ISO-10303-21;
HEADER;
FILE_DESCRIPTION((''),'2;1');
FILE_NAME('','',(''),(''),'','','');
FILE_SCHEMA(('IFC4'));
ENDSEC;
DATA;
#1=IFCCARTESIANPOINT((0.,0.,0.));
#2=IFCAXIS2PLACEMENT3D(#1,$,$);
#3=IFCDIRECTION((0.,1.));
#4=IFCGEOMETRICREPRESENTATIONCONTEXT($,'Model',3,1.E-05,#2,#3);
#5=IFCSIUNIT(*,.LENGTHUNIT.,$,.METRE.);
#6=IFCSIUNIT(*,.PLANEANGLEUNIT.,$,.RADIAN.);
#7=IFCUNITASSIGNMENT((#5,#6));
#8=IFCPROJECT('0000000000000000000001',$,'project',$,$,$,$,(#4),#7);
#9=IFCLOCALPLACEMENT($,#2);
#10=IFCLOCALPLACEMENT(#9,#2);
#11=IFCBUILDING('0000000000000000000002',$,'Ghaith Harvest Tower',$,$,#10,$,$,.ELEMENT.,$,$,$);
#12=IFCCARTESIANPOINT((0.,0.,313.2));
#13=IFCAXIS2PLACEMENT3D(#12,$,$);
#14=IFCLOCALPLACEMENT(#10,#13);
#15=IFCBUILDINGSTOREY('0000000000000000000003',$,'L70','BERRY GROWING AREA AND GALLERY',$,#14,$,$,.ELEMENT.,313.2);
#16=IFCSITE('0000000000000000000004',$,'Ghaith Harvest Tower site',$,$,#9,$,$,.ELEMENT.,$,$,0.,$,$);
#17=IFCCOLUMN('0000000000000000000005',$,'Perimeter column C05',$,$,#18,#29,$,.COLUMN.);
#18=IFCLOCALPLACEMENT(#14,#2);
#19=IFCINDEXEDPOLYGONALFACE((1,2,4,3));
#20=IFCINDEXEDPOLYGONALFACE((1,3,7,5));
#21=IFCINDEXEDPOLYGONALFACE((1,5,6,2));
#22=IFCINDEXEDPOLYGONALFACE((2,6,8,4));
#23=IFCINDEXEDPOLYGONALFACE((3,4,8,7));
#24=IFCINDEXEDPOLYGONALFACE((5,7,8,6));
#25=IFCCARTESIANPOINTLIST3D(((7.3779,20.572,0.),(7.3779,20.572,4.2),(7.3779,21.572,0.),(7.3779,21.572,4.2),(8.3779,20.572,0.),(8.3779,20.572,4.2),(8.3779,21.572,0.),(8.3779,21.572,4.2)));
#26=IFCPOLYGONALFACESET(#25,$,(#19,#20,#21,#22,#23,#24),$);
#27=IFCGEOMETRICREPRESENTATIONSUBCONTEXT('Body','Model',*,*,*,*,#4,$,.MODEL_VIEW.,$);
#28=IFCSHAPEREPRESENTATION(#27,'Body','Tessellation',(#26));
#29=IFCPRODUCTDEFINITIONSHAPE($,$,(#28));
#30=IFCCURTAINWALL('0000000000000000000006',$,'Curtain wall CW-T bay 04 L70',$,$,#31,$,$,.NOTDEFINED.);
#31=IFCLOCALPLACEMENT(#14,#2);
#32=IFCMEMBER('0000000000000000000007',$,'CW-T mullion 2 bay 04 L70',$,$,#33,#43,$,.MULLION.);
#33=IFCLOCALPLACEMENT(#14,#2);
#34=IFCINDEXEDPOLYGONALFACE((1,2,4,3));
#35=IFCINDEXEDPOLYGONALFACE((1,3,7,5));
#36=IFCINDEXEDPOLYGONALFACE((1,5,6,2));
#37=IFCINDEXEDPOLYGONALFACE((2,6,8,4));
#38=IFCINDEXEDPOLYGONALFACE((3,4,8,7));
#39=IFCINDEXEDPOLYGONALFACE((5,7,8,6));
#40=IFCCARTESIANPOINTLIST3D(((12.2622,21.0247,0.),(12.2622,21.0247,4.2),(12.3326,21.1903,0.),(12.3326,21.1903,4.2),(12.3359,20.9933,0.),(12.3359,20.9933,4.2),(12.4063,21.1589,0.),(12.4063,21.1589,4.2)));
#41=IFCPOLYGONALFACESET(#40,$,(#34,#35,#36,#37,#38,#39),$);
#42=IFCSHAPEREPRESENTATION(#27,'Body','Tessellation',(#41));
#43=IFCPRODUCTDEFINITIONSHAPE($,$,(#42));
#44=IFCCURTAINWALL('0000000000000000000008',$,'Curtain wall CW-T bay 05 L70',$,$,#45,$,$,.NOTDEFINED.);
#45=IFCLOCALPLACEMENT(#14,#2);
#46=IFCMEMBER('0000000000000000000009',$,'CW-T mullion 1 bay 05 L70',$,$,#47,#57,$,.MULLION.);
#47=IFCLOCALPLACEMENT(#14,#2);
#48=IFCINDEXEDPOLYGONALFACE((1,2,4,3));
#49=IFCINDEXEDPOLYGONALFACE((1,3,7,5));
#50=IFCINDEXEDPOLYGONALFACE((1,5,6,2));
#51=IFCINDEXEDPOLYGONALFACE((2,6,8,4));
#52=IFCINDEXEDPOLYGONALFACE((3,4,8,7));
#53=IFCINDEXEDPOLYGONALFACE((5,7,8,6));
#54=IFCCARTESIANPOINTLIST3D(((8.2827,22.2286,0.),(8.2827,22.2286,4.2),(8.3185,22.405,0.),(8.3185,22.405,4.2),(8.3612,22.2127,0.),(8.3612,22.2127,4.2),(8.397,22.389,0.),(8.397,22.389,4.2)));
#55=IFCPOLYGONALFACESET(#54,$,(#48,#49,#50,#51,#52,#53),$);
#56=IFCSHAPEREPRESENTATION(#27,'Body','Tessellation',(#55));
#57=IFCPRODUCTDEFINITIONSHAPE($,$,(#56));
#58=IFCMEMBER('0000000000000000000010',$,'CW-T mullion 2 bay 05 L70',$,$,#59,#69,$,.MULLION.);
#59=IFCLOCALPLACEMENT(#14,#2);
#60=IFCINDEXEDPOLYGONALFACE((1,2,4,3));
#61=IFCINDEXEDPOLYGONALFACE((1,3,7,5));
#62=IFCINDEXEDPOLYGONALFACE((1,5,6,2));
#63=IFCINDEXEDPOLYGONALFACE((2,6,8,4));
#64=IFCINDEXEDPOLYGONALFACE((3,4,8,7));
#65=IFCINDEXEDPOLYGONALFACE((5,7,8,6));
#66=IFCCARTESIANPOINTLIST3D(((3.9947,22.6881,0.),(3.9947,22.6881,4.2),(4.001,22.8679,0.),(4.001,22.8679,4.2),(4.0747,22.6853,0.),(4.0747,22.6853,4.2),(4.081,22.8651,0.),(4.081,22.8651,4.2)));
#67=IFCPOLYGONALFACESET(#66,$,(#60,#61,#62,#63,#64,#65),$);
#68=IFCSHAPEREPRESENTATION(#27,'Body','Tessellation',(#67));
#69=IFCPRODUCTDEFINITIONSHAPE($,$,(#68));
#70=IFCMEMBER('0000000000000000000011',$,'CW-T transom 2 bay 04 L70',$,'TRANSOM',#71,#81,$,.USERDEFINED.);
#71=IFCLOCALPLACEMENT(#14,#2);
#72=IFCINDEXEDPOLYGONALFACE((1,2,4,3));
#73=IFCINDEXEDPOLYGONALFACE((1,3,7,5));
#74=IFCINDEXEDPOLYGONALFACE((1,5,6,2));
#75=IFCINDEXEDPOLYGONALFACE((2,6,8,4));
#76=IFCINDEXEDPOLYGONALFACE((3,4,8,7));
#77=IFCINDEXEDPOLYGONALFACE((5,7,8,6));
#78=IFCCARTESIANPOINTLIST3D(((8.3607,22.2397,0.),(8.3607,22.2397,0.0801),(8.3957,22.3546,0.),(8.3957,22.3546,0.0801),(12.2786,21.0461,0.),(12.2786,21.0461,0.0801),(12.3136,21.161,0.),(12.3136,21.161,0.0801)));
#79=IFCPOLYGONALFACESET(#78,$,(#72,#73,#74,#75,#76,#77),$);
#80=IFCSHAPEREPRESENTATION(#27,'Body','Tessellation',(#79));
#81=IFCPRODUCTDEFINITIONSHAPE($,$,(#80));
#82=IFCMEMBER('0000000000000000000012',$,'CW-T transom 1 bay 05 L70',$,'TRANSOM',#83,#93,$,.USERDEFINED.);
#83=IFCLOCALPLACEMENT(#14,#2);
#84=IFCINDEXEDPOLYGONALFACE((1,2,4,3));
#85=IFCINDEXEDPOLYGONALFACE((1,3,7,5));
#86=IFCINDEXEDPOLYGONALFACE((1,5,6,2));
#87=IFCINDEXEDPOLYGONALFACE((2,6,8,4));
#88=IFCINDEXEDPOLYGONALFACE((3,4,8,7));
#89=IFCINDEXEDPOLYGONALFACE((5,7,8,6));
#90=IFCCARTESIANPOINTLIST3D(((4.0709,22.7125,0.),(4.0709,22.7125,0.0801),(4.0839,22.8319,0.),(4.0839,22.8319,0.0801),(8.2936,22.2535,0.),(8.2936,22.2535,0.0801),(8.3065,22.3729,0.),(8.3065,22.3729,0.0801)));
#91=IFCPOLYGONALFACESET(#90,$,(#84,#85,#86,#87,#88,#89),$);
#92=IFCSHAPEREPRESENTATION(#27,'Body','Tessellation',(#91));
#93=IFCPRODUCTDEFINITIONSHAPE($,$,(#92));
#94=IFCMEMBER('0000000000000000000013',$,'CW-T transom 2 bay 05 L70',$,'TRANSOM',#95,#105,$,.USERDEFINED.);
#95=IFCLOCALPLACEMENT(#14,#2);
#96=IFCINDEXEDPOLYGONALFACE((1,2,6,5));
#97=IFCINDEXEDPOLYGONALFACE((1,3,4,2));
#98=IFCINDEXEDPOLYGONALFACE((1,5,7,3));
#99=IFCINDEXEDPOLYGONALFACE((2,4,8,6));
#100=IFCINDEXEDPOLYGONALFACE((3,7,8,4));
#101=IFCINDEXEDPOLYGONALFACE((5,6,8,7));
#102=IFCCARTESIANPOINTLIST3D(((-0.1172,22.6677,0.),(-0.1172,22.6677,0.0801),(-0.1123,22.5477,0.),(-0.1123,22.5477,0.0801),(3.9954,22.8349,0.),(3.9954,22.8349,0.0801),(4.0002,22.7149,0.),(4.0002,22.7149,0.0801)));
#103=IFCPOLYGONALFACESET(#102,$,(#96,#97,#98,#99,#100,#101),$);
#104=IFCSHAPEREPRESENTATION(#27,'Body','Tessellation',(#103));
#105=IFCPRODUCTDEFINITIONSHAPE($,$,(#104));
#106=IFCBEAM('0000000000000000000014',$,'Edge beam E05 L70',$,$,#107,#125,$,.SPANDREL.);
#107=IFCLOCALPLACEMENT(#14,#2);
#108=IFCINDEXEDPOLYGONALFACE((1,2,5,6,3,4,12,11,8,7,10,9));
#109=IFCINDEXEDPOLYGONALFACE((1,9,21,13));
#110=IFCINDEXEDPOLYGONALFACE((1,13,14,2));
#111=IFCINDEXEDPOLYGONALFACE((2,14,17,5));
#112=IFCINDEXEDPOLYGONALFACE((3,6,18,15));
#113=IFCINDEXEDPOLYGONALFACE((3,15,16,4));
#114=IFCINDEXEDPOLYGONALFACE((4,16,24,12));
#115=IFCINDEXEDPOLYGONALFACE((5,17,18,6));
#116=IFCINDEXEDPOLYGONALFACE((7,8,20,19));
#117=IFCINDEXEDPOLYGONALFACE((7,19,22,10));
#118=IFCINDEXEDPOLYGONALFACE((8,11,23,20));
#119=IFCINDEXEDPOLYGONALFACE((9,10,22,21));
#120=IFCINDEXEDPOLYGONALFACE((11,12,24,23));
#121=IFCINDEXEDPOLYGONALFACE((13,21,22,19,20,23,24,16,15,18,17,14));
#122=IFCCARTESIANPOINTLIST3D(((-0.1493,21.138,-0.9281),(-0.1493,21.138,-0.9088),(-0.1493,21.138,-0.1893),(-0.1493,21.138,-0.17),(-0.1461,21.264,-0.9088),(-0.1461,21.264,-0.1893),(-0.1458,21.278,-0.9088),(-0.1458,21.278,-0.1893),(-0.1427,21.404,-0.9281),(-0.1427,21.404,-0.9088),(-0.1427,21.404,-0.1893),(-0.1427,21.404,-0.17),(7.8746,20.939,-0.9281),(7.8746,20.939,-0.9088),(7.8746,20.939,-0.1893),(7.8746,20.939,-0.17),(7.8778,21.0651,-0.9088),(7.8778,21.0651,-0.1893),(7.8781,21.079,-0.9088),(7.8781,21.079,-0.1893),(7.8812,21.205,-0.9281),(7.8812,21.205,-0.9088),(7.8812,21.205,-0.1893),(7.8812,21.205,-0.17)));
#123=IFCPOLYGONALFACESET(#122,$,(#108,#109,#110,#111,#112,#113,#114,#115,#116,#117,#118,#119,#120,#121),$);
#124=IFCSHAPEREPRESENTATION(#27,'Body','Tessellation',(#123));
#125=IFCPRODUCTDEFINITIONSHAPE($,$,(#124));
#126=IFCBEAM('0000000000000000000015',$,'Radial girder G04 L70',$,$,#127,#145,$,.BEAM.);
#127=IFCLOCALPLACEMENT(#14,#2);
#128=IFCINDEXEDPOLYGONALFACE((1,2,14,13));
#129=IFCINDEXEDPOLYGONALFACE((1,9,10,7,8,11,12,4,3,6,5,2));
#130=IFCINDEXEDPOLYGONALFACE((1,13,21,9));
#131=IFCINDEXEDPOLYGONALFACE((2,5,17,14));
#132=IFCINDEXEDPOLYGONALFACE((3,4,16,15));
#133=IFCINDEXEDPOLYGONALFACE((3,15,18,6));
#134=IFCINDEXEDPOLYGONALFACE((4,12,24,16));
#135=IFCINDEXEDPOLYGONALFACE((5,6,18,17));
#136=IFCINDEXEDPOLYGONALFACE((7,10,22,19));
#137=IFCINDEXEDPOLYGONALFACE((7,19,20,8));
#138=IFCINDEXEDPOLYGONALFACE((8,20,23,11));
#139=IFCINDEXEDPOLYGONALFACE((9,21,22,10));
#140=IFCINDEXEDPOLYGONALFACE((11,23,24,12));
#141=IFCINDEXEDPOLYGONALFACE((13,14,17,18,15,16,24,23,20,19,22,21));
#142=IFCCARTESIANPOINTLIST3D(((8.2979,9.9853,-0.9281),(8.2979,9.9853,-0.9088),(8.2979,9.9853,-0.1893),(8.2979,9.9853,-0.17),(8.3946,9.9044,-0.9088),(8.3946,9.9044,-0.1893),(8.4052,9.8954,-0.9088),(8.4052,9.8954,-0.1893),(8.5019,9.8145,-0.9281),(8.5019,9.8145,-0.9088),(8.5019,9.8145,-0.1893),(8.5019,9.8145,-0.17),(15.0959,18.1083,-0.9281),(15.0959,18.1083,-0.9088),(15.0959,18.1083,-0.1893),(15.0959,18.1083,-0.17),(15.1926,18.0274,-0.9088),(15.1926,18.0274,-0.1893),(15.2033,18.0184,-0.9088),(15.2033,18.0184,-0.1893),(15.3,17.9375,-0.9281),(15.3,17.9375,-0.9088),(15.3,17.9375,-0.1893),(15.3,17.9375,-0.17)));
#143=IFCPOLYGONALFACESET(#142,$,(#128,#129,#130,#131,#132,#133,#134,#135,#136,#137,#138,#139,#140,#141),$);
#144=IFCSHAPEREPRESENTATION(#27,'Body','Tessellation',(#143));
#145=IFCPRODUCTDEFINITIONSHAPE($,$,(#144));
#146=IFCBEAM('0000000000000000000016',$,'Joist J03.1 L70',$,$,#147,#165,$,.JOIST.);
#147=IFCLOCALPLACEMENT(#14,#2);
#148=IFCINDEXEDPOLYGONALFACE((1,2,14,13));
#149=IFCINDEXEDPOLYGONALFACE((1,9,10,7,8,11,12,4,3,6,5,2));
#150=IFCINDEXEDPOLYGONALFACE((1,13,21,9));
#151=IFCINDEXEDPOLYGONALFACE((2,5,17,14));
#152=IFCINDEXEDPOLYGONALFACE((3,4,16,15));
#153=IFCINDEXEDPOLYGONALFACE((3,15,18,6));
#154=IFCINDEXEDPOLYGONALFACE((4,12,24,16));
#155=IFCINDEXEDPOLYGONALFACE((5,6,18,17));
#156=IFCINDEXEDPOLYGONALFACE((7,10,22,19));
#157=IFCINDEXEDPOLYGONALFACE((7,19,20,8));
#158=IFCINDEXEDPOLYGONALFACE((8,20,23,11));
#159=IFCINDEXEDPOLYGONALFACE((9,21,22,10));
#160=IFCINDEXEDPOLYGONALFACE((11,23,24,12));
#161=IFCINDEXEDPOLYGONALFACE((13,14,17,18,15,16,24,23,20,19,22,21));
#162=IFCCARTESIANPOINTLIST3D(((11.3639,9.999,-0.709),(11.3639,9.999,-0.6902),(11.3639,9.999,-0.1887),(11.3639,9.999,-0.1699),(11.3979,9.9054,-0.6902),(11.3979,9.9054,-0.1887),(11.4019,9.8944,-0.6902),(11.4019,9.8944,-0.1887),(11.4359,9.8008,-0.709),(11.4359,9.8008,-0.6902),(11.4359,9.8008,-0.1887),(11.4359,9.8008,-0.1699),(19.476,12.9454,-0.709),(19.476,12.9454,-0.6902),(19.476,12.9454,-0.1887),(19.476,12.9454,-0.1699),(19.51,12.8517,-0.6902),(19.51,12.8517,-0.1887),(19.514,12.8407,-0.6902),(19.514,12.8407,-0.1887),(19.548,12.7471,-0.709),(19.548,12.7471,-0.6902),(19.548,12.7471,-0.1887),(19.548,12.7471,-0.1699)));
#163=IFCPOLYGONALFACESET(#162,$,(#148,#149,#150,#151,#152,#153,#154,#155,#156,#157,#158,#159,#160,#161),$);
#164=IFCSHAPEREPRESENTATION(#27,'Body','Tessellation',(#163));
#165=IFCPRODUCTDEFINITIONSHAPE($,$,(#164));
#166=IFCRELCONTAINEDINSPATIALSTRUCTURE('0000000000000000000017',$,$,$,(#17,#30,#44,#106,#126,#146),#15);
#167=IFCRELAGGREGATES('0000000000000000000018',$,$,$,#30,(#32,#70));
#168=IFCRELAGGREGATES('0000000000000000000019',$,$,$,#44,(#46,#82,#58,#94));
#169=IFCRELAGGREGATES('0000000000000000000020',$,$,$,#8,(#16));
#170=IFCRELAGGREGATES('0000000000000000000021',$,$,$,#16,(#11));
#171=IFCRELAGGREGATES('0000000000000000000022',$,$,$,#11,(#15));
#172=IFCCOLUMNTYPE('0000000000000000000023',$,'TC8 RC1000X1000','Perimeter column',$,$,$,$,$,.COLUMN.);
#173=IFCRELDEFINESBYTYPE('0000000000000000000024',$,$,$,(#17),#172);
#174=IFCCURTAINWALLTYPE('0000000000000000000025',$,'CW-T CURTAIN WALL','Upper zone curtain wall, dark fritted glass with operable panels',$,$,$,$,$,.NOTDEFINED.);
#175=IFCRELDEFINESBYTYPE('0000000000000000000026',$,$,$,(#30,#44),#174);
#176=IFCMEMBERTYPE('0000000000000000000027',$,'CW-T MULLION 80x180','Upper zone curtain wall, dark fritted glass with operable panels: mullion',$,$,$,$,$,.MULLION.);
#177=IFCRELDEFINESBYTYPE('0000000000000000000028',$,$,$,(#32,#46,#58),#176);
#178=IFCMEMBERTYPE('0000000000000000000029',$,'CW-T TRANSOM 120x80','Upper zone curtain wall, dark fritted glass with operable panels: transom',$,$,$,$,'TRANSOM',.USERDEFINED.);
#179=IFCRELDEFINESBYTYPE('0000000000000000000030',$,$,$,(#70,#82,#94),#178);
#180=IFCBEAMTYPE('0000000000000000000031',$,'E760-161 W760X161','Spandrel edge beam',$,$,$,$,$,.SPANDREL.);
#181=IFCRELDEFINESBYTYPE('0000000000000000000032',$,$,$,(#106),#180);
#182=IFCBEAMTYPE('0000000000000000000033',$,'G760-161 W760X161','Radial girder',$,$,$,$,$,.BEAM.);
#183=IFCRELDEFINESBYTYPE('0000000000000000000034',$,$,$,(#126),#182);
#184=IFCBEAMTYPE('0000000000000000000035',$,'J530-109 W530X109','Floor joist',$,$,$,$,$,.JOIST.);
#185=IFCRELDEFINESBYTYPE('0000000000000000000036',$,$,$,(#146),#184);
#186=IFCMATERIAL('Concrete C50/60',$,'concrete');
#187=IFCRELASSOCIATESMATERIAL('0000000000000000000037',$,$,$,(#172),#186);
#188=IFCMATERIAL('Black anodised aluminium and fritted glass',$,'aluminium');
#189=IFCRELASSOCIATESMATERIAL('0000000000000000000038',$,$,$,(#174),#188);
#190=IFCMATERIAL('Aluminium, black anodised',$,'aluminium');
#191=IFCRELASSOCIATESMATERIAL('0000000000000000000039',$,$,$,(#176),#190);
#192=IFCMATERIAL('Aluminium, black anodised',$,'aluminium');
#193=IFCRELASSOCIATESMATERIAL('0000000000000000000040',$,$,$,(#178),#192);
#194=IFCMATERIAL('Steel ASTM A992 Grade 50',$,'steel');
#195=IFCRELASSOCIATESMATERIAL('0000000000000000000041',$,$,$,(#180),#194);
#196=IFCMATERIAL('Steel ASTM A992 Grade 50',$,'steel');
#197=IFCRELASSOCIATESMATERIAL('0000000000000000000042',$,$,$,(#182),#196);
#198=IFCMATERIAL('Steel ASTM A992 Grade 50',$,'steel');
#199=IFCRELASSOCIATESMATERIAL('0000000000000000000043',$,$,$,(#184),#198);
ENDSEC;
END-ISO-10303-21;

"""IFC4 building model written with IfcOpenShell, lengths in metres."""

from ifc_helpers import new_model, si_unit, direction, frame, origin, origin_2d, place, context, subcontext, project, spatial, rectangle, i_section, extrude, material, material_profile, profile_set, type_object, element, aggregate, save


model = new_model("IFC4")

# Units and contexts
model_context = context("Model", 3, precision=1e-05, world=origin(), true_north=direction((0.0, 1.0)))
body_context = subcontext(model_context, "Body", "Model", "MODEL_VIEW")
ifc_project = project(units=[si_unit("LENGTHUNIT", "METRE"), si_unit("PLANEANGLEUNIT", "RADIAN")], contexts=[model_context])

# Site, building, storey
site_placement = place(None, origin())
site = spatial("IfcSite", under=ifc_project, at=site_placement, Name="Ghaith Harvest Tower site", CompositionType="ELEMENT", RefElevation=0.0)
building_placement = place(site_placement, origin())
building = spatial("IfcBuilding", under=site, at=building_placement, Name="Ghaith Harvest Tower", CompositionType="ELEMENT")
storey_placement = place(building_placement, frame((0.0, 0.0, 313.2)))
storey = spatial("IfcBuildingStorey", under=building, at=storey_placement, Name="L70", Description="BERRY GROWING AREA AND GALLERY", CompositionType="ELEMENT", Elevation=313.2)

# Column
ifc_material_1 = material(Name="Concrete C50/60", Category="concrete")
ifc_material_profile_1 = material_profile(ifc_material_1, rectangle(XDim=1.0, YDim=1.0, at=origin_2d()), Name="RC1000X1000")
ifc_profile_set_1 = profile_set([ifc_material_profile_1], Name="Concrete C50/60")
column_type = type_object("IfcColumnType", Name="TC8 RC1000X1000", Description="Perimeter column", PredefinedType="COLUMN", material=ifc_profile_set_1)
column_placement = place(storey_placement, frame((7.8779, 21.072, 0.0), z_axis=(0.0, 0.0, 1.0), x_axis=(1.0, 0.0, 0.0)))
element("IfcColumn", 1, at=column_placement, inside=storey, type_object=column_type, Name="Perimeter column C05", PredefinedType="COLUMN", context=body_context, shape_type="SweptSolid", body=[
    extrude(rectangle(XDim=1.0, YDim=1.0, at=origin_2d()), origin(), (0.0, 0.0, 1.0), 4.2),
])

# Curtain wall, member
ifc_material_2 = material(Name="Black anodised aluminium and fritted glass", Category="aluminium")
curtain_wall_type = type_object("IfcCurtainWallType", Name="CW-T CURTAIN WALL", Description="Upper zone curtain wall, dark fritted glass with operable panels", PredefinedType="NOTDEFINED", material=ifc_material_2)
curtain_wall_1_placement = place(storey_placement, origin())
curtain_wall_1 = element("IfcCurtainWall", 2, at=curtain_wall_1_placement, inside=storey, type_object=curtain_wall_type, Name="Curtain wall CW-T bay 04 L70", PredefinedType="NOTDEFINED")
ifc_material_3 = material(Name="Aluminium, black anodised", Category="aluminium")
ifc_material_profile_2 = material_profile(ifc_material_3, rectangle(XDim=0.0801, YDim=0.1799, at=origin_2d()), Name="CW-T MULLION 80x180")
ifc_profile_set_2 = profile_set([ifc_material_profile_2], Name="Aluminium, black anodised")
member_type_1 = type_object("IfcMemberType", Name="CW-T MULLION 80x180", Description="Upper zone curtain wall, dark fritted glass with operable panels: mullion", PredefinedType="MULLION", material=ifc_profile_set_2)
member_1_placement = place(storey_placement, frame((12.3342, 21.0918, 0.0), z_axis=(0.0, 0.0, 1.0), x_axis=(-0.920319, 0.391168, 0.0)))
member_1 = element("IfcMember", 3, at=member_1_placement, type_object=member_type_1, Name="CW-T mullion 2 bay 04 L70", PredefinedType="MULLION", context=body_context, shape_type="SweptSolid", body=[
    extrude(rectangle(XDim=0.0801, YDim=0.1799, at=origin_2d()), origin(), (0.0, 0.0, 1.0), 4.2),
])

# Curtain wall, members
curtain_wall_2_placement = place(storey_placement, origin())
curtain_wall_2 = element("IfcCurtainWall", 4, at=curtain_wall_2_placement, inside=storey, type_object=curtain_wall_type, Name="Curtain wall CW-T bay 05 L70", PredefinedType="NOTDEFINED")
member_2_placement = place(storey_placement, frame((8.3398, 22.3088, 0.0), z_axis=(0.0, 0.0, 1.0), x_axis=(-0.98, 0.198997, 0.0)))
member_2 = element("IfcMember", 5, at=member_2_placement, type_object=member_type_1, Name="CW-T mullion 1 bay 05 L70", PredefinedType="MULLION", context=body_context, shape_type="SweptSolid", body=[
    extrude(rectangle(XDim=0.0801, YDim=0.1799, at=origin_2d()), origin(), (0.0, 0.0, 1.0), 4.2),
])
member_3_placement = place(storey_placement, frame((4.0378, 22.7766, 0.0), z_axis=(0.0, 0.0, 1.0), x_axis=(-0.999389, 0.034962, 0.0)))
member_3 = element("IfcMember", 6, at=member_3_placement, type_object=member_type_1, Name="CW-T mullion 2 bay 05 L70", PredefinedType="MULLION", context=body_context, shape_type="SweptSolid", body=[
    extrude(rectangle(XDim=0.0801, YDim=0.1799, at=origin_2d()), origin(), (0.0, 0.0, 1.0), 4.2),
])

# Members
ifc_material_4 = material(Name="Aluminium, black anodised", Category="aluminium")
ifc_material_profile_3 = material_profile(ifc_material_4, rectangle(XDim=0.1201, YDim=0.0801, at=origin_2d()), Name="CW-T TRANSOM 120x80")
ifc_profile_set_3 = profile_set([ifc_material_profile_3], Name="Aluminium, black anodised")
member_type_2 = type_object("IfcMemberType", Name="CW-T TRANSOM 120x80", Description="Upper zone curtain wall, dark fritted glass with operable panels: transom", ElementType="TRANSOM", PredefinedType="USERDEFINED", material=ifc_profile_set_3)
member_4_placement = place(storey_placement, frame((12.2961, 21.1035, 0.04), z_axis=(-0.956594, 0.291425, 0.0), x_axis=(-0.291425, -0.956594, 0.0)))
member_4 = element("IfcMember", 7, at=member_4_placement, type_object=member_type_2, Name="CW-T transom 2 bay 04 L70", ObjectType="TRANSOM", PredefinedType="USERDEFINED", context=body_context, shape_type="SweptSolid", body=[
    extrude(rectangle(XDim=0.1201, YDim=0.0801, at=origin_2d()), origin(), (0.0, 0.0, 1.0), 4.0957),
])
member_5_placement = place(storey_placement, frame((8.3, 22.3132, 0.04), z_axis=(-0.994144, 0.108059, 0.0), x_axis=(-0.108059, -0.994144, 0.0)))
member_5 = element("IfcMember", 8, at=member_5_placement, type_object=member_type_2, Name="CW-T transom 1 bay 05 L70", ObjectType="TRANSOM", PredefinedType="USERDEFINED", context=body_context, shape_type="SweptSolid", body=[
    extrude(rectangle(XDim=0.1201, YDim=0.0801, at=origin_2d()), origin(), (0.0, 0.0, 1.0), 4.2476),
])
member_6_placement = place(storey_placement, frame((3.9978, 22.7749, 0.04), z_axis=(-0.999174, -0.040631, 0.0), x_axis=(0.040631, -0.999174, 0.0)))
member_6 = element("IfcMember", 9, at=member_6_placement, type_object=member_type_2, Name="CW-T transom 2 bay 05 L70", ObjectType="TRANSOM", PredefinedType="USERDEFINED", context=body_context, shape_type="SweptSolid", body=[
    extrude(rectangle(XDim=0.1201, YDim=0.0801, at=origin_2d()), origin(), (0.0, 0.0, 1.0), 4.116),
])

# Beams
ifc_material_5 = material(Name="Steel ASTM A992 Grade 50", Category="steel")
ifc_material_profile_4 = material_profile(ifc_material_5, i_section(OverallWidth=0.2661, OverallDepth=0.7581, WebThickness=0.0139, FlangeThickness=0.0193, at=origin_2d()), Name="W760X161")
ifc_profile_set_4 = profile_set([ifc_material_profile_4], Name="Steel ASTM A992 Grade 50")
beam_type_1 = type_object("IfcBeamType", Name="E760-161 W760X161", Description="Spandrel edge beam", PredefinedType="SPANDREL", material=ifc_profile_set_4)
beam_1_placement = place(storey_placement, frame((7.8779, 21.072, -0.5491), z_axis=(-0.999693, 0.02479, 0.0), x_axis=(-0.02479, -0.999693, 0.0)))
element("IfcBeam", 10, at=beam_1_placement, inside=storey, type_object=beam_type_1, Name="Edge beam E05 L70", PredefinedType="SPANDREL", context=body_context, shape_type="SweptSolid", body=[
    extrude(i_section(OverallWidth=0.2661, OverallDepth=0.7581, WebThickness=0.0139, FlangeThickness=0.0193, at=origin_2d()), origin(), (0.0, 0.0, 1.0), 8.0264),
])
ifc_material_6 = material(Name="Steel ASTM A992 Grade 50", Category="steel")
ifc_material_profile_5 = material_profile(ifc_material_6, i_section(OverallWidth=0.2661, OverallDepth=0.7581, WebThickness=0.0139, FlangeThickness=0.0193, at=origin_2d()), Name="W760X161")
ifc_profile_set_5 = profile_set([ifc_material_profile_5], Name="Steel ASTM A992 Grade 50")
beam_type_2 = type_object("IfcBeamType", Name="G760-161 W760X161", Description="Radial girder", PredefinedType="BEAM", material=ifc_profile_set_5)
beam_2_placement = place(storey_placement, frame((8.3999, 9.8999, -0.5491), z_axis=(0.641793, 0.766878, 0.0), x_axis=(-0.766878, 0.641793, 0.0)))
element("IfcBeam", 11, at=beam_2_placement, inside=storey, type_object=beam_type_2, Name="Radial girder G04 L70", PredefinedType="BEAM", context=body_context, shape_type="SweptSolid", body=[
    extrude(i_section(OverallWidth=0.2661, OverallDepth=0.7581, WebThickness=0.0139, FlangeThickness=0.0193, at=origin_2d()), origin(), (0.0, 0.0, 1.0), 10.5923),
])
ifc_material_7 = material(Name="Steel ASTM A992 Grade 50", Category="steel")
ifc_material_profile_6 = material_profile(ifc_material_7, i_section(OverallWidth=0.2109, OverallDepth=0.5391, WebThickness=0.0117, FlangeThickness=0.0188, at=origin_2d()), Name="W530X109")
ifc_profile_set_6 = profile_set([ifc_material_profile_6], Name="Steel ASTM A992 Grade 50")
beam_type_3 = type_object("IfcBeamType", Name="J530-109 W530X109", Description="Floor joist", PredefinedType="JOIST", material=ifc_profile_set_6)
beam_3_placement = place(storey_placement, frame((11.3999, 9.8999, -0.4395), z_axis=(0.939926, 0.34138, 0.0), x_axis=(-0.34138, 0.939926, 0.0)))
element("IfcBeam", 12, at=beam_3_placement, inside=storey, type_object=beam_type_3, Name="Joist J03.1 L70", PredefinedType="JOIST", context=body_context, shape_type="SweptSolid", body=[
    extrude(i_section(OverallWidth=0.2109, OverallDepth=0.5391, WebThickness=0.0117, FlangeThickness=0.0188, at=origin_2d()), origin(), (0.0, 0.0, 1.0), 8.6306),
])

aggregate(curtain_wall_1, [member_1, member_4])
aggregate(curtain_wall_2, [member_2, member_5, member_3, member_6])

save(model, "model.ifc")
